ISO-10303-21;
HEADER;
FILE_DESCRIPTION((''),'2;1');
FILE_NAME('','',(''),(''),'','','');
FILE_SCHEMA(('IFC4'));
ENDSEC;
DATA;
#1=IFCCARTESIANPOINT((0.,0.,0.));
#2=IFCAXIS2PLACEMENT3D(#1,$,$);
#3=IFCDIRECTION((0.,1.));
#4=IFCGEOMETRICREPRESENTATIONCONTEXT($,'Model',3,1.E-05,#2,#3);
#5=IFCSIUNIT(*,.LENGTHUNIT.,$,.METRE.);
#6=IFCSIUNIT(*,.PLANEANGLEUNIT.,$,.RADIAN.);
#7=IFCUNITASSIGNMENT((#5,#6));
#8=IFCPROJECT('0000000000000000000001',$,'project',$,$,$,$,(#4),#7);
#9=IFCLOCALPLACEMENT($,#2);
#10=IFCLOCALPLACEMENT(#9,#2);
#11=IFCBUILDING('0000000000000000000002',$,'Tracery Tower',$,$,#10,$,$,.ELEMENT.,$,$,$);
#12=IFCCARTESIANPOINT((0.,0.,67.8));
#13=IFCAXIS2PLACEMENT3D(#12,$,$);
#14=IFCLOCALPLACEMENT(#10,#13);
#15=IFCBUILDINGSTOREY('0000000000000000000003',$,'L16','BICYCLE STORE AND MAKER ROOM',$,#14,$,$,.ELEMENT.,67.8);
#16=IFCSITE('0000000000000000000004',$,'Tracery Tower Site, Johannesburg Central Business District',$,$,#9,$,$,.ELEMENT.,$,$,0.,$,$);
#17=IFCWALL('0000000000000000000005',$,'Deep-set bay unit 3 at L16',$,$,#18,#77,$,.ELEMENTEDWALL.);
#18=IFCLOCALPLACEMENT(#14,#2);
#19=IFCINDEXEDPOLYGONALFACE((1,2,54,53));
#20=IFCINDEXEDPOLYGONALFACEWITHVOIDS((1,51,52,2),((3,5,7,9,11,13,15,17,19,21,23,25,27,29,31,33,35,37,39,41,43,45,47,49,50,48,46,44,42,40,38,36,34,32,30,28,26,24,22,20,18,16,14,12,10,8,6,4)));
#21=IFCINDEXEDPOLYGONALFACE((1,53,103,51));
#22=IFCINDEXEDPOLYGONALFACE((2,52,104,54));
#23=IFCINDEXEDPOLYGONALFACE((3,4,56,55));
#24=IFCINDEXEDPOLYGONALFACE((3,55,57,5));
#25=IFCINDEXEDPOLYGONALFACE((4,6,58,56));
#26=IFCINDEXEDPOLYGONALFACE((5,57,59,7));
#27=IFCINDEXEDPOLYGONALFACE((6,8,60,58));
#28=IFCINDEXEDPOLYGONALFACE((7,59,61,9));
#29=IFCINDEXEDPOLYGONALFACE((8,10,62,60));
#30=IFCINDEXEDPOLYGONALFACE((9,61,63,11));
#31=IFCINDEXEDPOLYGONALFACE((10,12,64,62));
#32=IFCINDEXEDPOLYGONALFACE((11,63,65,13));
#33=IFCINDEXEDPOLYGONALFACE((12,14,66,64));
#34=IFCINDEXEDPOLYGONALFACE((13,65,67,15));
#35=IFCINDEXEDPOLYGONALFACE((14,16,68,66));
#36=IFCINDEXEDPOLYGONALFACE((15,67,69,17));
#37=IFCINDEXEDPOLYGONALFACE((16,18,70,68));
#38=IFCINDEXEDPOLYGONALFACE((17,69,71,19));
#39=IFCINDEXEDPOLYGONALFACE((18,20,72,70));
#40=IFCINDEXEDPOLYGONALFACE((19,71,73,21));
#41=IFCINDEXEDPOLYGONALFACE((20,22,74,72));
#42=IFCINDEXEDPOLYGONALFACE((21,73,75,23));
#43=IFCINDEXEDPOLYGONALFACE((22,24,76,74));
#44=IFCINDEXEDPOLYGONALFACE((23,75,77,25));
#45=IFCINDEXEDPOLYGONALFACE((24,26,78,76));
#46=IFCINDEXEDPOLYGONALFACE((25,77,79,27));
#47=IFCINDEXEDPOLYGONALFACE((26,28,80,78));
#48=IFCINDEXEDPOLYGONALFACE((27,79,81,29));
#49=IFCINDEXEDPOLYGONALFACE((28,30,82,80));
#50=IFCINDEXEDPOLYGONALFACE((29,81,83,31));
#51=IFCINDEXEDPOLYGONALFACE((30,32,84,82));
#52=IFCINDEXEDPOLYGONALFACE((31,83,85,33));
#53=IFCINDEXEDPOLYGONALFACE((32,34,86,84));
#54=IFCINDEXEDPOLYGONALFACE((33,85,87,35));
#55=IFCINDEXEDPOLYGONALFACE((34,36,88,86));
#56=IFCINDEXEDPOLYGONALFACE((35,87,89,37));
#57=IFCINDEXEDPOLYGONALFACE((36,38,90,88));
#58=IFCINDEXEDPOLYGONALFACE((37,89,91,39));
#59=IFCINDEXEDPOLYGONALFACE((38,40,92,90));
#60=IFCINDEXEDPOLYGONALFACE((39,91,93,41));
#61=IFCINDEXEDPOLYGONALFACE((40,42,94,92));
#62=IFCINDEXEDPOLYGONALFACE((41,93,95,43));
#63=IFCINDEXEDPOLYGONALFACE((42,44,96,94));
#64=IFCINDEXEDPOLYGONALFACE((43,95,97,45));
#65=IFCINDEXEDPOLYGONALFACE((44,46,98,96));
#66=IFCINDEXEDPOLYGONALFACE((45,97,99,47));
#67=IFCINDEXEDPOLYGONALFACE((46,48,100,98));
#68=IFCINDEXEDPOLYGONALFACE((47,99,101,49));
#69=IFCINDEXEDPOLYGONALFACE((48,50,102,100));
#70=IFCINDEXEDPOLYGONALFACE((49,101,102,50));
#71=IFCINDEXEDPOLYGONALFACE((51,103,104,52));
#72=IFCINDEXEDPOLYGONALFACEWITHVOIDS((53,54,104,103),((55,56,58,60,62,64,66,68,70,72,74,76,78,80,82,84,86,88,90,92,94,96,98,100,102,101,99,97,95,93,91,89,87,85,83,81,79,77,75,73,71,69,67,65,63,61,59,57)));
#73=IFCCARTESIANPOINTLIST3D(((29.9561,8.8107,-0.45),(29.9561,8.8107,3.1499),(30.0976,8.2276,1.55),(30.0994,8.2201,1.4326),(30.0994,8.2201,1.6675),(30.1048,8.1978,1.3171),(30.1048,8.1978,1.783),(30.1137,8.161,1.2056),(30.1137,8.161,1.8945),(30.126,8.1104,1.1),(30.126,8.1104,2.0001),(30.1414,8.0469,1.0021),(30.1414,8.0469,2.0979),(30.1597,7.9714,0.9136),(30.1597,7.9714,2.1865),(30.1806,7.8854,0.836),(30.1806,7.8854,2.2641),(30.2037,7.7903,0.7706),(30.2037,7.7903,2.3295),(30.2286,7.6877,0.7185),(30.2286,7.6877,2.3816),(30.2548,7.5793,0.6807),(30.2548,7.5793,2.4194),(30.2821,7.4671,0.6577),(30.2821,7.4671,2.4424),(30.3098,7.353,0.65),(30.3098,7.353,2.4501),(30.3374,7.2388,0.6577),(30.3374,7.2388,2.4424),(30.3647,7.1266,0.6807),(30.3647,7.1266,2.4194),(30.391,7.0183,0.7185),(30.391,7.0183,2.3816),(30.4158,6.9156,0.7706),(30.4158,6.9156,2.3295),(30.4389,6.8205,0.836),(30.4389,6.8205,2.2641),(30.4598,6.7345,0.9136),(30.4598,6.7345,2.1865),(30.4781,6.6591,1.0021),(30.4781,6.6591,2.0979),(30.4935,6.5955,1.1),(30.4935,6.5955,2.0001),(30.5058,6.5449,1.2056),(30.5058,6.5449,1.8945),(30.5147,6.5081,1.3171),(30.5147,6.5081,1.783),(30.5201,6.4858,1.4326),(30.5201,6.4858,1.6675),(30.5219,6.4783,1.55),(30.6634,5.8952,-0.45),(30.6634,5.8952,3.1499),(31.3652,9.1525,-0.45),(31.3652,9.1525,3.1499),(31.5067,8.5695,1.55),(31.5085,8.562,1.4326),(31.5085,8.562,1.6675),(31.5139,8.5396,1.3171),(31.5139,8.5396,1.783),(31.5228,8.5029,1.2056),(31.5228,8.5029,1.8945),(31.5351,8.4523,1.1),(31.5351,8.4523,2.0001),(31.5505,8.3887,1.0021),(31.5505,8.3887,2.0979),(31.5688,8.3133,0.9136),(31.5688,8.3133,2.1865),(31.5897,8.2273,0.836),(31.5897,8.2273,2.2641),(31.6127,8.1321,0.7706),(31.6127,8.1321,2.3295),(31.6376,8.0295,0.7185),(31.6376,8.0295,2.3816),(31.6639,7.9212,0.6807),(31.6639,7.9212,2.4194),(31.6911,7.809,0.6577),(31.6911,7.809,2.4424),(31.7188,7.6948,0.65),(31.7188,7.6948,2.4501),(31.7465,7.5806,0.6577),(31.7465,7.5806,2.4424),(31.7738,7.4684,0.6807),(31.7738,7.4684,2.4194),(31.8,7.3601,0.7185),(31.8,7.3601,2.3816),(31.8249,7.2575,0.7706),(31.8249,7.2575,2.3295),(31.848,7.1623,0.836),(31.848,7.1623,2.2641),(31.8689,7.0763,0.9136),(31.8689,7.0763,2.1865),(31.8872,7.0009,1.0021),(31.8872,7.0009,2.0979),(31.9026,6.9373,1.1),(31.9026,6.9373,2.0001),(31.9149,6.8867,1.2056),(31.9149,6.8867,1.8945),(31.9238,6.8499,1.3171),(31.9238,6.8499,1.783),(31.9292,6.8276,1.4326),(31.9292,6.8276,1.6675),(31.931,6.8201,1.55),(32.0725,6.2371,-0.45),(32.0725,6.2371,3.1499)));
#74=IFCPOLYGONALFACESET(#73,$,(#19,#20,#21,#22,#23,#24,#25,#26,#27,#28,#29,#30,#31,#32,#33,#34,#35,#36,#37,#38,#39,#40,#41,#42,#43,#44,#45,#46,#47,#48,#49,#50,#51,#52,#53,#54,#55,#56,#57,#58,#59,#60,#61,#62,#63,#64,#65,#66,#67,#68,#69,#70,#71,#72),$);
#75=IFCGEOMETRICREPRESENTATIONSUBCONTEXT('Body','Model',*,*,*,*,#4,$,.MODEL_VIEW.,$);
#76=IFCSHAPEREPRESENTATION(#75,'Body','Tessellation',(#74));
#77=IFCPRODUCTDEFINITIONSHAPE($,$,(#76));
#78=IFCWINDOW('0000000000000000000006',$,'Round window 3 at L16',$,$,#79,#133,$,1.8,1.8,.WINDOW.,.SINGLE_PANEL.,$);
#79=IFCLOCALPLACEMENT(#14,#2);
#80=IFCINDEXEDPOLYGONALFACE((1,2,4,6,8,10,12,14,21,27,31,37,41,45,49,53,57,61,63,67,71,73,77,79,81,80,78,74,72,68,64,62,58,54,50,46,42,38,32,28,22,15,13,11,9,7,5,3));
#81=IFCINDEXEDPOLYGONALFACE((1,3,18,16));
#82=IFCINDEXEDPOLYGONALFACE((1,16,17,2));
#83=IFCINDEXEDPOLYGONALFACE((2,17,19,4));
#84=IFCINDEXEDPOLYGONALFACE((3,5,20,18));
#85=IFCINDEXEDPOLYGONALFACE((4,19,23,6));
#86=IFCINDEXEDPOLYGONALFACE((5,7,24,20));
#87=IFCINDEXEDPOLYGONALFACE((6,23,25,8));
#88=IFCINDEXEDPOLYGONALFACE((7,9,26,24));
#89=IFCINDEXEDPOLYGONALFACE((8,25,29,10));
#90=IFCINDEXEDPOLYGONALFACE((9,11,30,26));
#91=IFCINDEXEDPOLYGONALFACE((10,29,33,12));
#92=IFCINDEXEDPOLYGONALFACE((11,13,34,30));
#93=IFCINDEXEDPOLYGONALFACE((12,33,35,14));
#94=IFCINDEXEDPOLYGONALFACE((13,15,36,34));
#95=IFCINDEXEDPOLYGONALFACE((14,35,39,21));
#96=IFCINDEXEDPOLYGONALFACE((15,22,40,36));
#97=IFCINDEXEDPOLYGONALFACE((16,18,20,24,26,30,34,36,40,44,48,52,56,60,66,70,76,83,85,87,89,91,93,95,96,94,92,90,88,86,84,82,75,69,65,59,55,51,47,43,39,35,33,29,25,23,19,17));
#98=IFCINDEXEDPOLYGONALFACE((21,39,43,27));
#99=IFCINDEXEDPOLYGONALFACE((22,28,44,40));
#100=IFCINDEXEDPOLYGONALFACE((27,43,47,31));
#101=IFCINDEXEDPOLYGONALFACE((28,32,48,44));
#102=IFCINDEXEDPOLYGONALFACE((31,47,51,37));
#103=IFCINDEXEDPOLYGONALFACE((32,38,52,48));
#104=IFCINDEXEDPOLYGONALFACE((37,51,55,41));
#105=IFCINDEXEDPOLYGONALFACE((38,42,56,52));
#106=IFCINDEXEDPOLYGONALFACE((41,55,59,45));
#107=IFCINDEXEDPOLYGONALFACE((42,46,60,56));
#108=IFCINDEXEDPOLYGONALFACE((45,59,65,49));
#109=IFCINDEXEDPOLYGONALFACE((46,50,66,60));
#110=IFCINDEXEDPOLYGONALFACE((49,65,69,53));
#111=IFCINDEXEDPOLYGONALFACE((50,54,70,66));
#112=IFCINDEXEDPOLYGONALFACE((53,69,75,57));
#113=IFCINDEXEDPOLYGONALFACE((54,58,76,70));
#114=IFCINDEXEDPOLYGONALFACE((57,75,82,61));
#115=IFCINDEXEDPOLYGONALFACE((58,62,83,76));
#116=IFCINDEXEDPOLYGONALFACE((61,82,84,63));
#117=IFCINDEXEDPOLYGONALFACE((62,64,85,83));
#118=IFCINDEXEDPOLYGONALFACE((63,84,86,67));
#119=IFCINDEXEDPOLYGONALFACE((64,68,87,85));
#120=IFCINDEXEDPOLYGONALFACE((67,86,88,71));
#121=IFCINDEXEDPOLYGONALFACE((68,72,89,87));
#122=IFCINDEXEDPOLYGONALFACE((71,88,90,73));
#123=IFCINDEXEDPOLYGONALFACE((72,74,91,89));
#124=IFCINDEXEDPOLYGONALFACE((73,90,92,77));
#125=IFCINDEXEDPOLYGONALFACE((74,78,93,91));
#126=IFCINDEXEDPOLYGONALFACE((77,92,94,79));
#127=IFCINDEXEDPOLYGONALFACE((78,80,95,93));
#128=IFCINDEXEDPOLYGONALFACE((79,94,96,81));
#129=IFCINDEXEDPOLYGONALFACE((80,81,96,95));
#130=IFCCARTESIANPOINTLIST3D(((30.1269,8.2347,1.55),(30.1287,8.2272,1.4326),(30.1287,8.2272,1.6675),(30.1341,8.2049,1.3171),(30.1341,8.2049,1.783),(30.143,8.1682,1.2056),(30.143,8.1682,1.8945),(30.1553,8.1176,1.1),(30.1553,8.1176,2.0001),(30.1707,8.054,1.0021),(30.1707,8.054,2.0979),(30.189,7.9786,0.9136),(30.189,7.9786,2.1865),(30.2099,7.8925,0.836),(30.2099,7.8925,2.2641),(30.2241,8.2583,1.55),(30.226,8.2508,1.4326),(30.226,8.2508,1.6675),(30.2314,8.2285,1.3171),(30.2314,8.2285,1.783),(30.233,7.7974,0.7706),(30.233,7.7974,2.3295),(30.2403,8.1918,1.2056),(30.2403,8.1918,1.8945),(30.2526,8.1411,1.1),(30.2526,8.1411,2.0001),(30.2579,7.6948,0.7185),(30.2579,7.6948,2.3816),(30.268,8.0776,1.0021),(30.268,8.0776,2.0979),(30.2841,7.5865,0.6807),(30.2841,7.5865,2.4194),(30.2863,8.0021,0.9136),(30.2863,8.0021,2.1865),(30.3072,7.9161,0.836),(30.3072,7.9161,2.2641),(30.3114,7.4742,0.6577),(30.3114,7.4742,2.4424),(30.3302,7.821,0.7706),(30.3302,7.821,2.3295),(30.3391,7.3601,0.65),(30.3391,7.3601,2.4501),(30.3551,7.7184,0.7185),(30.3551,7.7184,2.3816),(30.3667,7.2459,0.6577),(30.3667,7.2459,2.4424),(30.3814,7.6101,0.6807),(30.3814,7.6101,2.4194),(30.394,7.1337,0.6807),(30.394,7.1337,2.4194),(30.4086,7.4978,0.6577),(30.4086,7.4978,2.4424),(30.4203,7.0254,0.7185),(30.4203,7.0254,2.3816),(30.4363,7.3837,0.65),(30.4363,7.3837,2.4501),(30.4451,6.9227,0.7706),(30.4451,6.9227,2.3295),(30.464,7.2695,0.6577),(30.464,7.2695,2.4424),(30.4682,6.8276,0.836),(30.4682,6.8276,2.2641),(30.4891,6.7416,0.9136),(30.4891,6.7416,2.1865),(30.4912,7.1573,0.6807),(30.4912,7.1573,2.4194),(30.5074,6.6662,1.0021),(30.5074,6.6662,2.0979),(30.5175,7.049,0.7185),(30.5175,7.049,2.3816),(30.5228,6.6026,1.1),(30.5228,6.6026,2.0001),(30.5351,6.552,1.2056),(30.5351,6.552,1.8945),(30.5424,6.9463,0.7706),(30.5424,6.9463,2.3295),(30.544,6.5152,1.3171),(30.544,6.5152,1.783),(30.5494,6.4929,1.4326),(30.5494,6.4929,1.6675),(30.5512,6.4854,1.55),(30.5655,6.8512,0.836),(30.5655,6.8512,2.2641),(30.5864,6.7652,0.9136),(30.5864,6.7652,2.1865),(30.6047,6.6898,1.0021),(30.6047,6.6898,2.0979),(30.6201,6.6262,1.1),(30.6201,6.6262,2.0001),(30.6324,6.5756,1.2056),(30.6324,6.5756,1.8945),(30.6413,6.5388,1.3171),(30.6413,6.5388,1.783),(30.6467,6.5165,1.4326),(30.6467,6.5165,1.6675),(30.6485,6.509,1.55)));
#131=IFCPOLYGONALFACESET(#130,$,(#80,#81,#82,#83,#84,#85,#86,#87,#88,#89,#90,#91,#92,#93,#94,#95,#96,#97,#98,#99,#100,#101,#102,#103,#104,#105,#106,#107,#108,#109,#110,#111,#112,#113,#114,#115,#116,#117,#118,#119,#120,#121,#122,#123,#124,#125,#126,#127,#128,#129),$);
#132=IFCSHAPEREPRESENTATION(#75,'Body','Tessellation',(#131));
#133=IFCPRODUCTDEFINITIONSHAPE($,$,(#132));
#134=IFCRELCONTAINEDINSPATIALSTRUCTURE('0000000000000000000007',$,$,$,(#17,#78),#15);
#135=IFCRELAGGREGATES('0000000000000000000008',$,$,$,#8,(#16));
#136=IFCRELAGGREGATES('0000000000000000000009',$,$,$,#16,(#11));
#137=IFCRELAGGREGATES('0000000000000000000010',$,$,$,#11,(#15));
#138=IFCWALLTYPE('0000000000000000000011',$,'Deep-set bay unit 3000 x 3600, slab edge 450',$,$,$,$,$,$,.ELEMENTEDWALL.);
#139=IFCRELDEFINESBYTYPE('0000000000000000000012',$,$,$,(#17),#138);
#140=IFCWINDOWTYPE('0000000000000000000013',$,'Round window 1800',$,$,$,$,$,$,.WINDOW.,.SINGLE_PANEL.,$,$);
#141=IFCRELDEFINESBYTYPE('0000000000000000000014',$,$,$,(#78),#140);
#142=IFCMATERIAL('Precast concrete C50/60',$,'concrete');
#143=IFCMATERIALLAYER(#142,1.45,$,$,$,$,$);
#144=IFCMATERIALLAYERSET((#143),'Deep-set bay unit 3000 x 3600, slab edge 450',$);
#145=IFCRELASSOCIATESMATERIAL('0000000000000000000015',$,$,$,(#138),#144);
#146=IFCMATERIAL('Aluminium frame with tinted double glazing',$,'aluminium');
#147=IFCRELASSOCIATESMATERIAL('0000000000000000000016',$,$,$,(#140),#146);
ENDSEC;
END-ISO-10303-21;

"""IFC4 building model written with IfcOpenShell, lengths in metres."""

from ifc_helpers import new_model, si_unit, direction, frame, frame_2d, origin, origin_2d, place, context, subcontext, project, spatial, rectangle, circle, extrude, material, layer, layer_set, type_object, element, fill, save


model = new_model("IFC4")

# Units and contexts
model_context = context("Model", 3, precision=1e-05, world=origin(), true_north=direction((0.0, 1.0)))
body_context = subcontext(model_context, "Body", "Model", "MODEL_VIEW")
ifc_project = project(units=[si_unit("LENGTHUNIT", "METRE"), si_unit("PLANEANGLEUNIT", "RADIAN")], contexts=[model_context])

# Site, building, storey
site_placement = place(None, origin())
site = spatial("IfcSite", under=ifc_project, at=site_placement, Name="Tracery Tower Site, Johannesburg Central Business District", CompositionType="ELEMENT", RefElevation=0.0)
building_placement = place(site_placement, origin())
building = spatial("IfcBuilding", under=site, at=building_placement, Name="Tracery Tower", CompositionType="ELEMENT")
storey_placement = place(building_placement, frame((0.0, 0.0, 67.8)))
storey = spatial("IfcBuildingStorey", under=building, at=storey_placement, Name="L16", Description="BICYCLE STORE AND MAKER ROOM", CompositionType="ELEMENT", Elevation=67.8)

# Wall, opening, window
ifc_material_1 = material(Name="Precast concrete C50/60", Category="concrete")
ifc_layer_1 = layer(ifc_material_1, 1.45)
ifc_layer_set_1 = layer_set([ifc_layer_1], Name="Deep-set bay unit 3000 x 3600, slab edge 450")
wall_type_1 = type_object("IfcWallType", Name="Deep-set bay unit 3000 x 3600, slab edge 450", PredefinedType="ELEMENTEDWALL", material=ifc_layer_set_1)
wall_1_placement = place(storey_placement, frame((31.3679, 6.0662, -0.45), z_axis=(0.0, 0.0, 1.0), x_axis=(-0.235751, 0.971813, 0.0)))
wall_1 = element("IfcWall", 1, at=wall_1_placement, inside=storey, type_object=wall_type_1, Name="Deep-set bay unit 3 at L16", PredefinedType="ELEMENTEDWALL", context=body_context, shape_type="SweptSolid", body=[
    extrude(rectangle(XDim=3.0, YDim=1.45, at=frame_2d((1.5, 0.0))), origin(), (0.0, 0.0, 1.0), 3.5999),
])
opening_1_placement = place(wall_1_placement, frame((1.5, 0.0, 2.0)))
opening_1 = element("IfcOpeningElement", 2, at=opening_1_placement, cuts=wall_1, PredefinedType="OPENING", context=body_context, shape_type="SweptSolid", body=[
    extrude(circle(Radius=0.9, at=origin_2d()), frame((0.0, 0.7349, 0.0), z_axis=(0.0, -1.0, 0.0), x_axis=(1.0, 0.0, 0.0)), (0.0, 0.0, 1.0), 1.47),
])
ifc_material_2 = material(Name="Aluminium frame with tinted double glazing", Category="aluminium")
window_type = type_object("IfcWindowType", Name="Round window 1800", PartitioningType="SINGLE_PANEL", PredefinedType="WINDOW", material=ifc_material_2)
window_1_placement = place(opening_1_placement, origin())
window_1 = element("IfcWindow", 3, at=window_1_placement, inside=storey, type_object=window_type, Name="Round window 3 at L16", OverallHeight=1.8, OverallWidth=1.8, PartitioningType="SINGLE_PANEL", PredefinedType="WINDOW", context=body_context, shape_type="SweptSolid", body=[
    extrude(circle(Radius=0.9, at=origin_2d()), frame((0.0, 0.6948, 0.0), z_axis=(0.0, -1.0, 0.0), x_axis=(1.0, 0.0, 0.0)), (0.0, 0.0, 1.0), 0.1001),
])
fill(opening_1, window_1)

save(model, "model.ifc")
